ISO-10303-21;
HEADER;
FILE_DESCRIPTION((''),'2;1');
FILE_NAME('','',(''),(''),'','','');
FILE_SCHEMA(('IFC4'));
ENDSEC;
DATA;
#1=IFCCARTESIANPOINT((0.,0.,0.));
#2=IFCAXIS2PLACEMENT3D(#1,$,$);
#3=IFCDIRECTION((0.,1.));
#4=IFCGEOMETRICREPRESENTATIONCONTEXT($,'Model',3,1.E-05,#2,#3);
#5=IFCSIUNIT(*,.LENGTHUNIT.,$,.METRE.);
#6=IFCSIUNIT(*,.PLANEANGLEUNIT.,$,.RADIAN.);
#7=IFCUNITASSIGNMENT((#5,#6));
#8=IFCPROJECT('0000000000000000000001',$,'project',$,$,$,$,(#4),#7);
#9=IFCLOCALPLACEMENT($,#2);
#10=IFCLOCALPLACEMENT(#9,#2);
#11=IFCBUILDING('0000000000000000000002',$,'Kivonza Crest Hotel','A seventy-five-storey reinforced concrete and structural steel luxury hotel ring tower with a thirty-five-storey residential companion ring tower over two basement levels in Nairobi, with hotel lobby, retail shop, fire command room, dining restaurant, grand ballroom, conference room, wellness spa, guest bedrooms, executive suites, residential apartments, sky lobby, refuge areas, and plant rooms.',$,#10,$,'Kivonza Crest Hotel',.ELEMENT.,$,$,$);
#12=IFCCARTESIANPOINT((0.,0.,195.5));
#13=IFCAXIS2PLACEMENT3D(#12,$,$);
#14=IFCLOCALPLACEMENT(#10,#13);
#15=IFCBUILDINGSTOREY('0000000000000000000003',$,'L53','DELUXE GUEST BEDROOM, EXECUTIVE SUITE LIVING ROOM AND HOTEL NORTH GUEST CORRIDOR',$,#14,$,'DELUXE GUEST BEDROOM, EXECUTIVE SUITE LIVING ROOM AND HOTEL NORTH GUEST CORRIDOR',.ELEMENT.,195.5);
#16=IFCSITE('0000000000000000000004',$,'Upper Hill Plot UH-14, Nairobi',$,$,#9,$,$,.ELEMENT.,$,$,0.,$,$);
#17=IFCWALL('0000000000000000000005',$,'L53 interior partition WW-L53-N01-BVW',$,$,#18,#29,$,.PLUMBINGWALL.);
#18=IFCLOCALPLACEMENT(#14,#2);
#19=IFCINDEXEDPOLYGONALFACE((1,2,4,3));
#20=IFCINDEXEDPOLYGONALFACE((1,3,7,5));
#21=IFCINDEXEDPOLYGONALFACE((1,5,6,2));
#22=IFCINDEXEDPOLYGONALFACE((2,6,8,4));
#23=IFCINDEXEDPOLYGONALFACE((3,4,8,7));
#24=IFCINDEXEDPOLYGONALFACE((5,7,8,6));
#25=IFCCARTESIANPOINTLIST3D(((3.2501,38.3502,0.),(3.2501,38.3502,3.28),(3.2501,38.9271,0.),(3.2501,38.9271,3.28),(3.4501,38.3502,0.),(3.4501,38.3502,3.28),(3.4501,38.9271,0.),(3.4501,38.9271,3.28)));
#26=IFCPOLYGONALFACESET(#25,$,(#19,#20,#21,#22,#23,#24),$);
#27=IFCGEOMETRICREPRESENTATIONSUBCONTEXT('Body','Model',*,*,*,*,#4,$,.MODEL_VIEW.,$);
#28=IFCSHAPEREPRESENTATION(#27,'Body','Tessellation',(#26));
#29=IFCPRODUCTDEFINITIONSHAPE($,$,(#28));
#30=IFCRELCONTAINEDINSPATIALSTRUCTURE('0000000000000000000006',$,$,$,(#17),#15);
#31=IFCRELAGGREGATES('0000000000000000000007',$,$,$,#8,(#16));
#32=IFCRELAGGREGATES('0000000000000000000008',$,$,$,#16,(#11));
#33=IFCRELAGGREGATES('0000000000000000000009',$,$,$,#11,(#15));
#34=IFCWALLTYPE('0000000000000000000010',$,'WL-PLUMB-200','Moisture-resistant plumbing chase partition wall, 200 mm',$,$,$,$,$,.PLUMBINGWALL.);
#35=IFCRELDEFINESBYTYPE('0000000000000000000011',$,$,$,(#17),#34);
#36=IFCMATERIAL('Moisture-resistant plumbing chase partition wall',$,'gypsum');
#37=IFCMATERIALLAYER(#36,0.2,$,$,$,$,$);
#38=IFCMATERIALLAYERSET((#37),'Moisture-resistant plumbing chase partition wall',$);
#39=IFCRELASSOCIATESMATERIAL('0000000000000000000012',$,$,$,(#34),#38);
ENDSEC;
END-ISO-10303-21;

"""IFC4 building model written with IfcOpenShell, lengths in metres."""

from ifc_helpers import new_model, si_unit, direction, frame, frame_2d, origin, place, context, subcontext, project, spatial, rectangle, extrude, material, layer, layer_set, type_object, element, save


model = new_model("IFC4")

# Units and contexts
model_context = context("Model", 3, precision=1e-05, world=origin(), true_north=direction((0.0, 1.0)))
body_context = subcontext(model_context, "Body", "Model", "MODEL_VIEW")
ifc_project = project(units=[si_unit("LENGTHUNIT", "METRE"), si_unit("PLANEANGLEUNIT", "RADIAN")], contexts=[model_context])

# Site, building, storey
site_placement = place(None, origin())
site = spatial("IfcSite", under=ifc_project, at=site_placement, Name="Upper Hill Plot UH-14, Nairobi", CompositionType="ELEMENT", RefElevation=0.0)
building_placement = place(site_placement, origin())
building = spatial("IfcBuilding", under=site, at=building_placement, Name="Kivonza Crest Hotel", Description="A seventy-five-storey reinforced concrete and structural steel luxury hotel ring tower with a thirty-five-storey residential companion ring tower over two basement levels in Nairobi, with hotel lobby, retail shop, fire command room, dining restaurant, grand ballroom, conference room, wellness spa, guest bedrooms, executive suites, residential apartments, sky lobby, refuge areas, and plant rooms.", LongName="Kivonza Crest Hotel", CompositionType="ELEMENT")
storey_placement = place(building_placement, frame((0.0, 0.0, 195.5)))
storey = spatial("IfcBuildingStorey", under=building, at=storey_placement, Name="L53", Description="DELUXE GUEST BEDROOM, EXECUTIVE SUITE LIVING ROOM AND HOTEL NORTH GUEST CORRIDOR", LongName="DELUXE GUEST BEDROOM, EXECUTIVE SUITE LIVING ROOM AND HOTEL NORTH GUEST CORRIDOR", CompositionType="ELEMENT", Elevation=195.5)

# Shared definitions
ifc_material_1 = material(Name="Moisture-resistant plumbing chase partition wall", Category="gypsum")
ifc_layer_1 = layer(ifc_material_1, 0.2)
ifc_layer_set_1 = layer_set([ifc_layer_1], Name="Moisture-resistant plumbing chase partition wall")
wall_type_1 = type_object("IfcWallType", Name="WL-PLUMB-200", Description="Moisture-resistant plumbing chase partition wall, 200 mm", PredefinedType="PLUMBINGWALL", material=ifc_layer_set_1)

# Wall
wall_1_placement = place(storey_placement, frame((3.3501, 38.3501, 0.0), z_axis=(0.0, 0.0, 1.0), x_axis=(0.0, 1.0, 0.0)))
element("IfcWall", 1, at=wall_1_placement, inside=storey, type_object=wall_type_1, Name="L53 interior partition WW-L53-N01-BVW", PredefinedType="PLUMBINGWALL", context=body_context, shape_type="SweptSolid", body=[
    extrude(rectangle(XDim=0.5769, YDim=0.2, at=frame_2d((0.2886, 0.0))), origin(), (0.0, 0.0, 1.0), 3.28),
])

save(model, "model.ifc")
